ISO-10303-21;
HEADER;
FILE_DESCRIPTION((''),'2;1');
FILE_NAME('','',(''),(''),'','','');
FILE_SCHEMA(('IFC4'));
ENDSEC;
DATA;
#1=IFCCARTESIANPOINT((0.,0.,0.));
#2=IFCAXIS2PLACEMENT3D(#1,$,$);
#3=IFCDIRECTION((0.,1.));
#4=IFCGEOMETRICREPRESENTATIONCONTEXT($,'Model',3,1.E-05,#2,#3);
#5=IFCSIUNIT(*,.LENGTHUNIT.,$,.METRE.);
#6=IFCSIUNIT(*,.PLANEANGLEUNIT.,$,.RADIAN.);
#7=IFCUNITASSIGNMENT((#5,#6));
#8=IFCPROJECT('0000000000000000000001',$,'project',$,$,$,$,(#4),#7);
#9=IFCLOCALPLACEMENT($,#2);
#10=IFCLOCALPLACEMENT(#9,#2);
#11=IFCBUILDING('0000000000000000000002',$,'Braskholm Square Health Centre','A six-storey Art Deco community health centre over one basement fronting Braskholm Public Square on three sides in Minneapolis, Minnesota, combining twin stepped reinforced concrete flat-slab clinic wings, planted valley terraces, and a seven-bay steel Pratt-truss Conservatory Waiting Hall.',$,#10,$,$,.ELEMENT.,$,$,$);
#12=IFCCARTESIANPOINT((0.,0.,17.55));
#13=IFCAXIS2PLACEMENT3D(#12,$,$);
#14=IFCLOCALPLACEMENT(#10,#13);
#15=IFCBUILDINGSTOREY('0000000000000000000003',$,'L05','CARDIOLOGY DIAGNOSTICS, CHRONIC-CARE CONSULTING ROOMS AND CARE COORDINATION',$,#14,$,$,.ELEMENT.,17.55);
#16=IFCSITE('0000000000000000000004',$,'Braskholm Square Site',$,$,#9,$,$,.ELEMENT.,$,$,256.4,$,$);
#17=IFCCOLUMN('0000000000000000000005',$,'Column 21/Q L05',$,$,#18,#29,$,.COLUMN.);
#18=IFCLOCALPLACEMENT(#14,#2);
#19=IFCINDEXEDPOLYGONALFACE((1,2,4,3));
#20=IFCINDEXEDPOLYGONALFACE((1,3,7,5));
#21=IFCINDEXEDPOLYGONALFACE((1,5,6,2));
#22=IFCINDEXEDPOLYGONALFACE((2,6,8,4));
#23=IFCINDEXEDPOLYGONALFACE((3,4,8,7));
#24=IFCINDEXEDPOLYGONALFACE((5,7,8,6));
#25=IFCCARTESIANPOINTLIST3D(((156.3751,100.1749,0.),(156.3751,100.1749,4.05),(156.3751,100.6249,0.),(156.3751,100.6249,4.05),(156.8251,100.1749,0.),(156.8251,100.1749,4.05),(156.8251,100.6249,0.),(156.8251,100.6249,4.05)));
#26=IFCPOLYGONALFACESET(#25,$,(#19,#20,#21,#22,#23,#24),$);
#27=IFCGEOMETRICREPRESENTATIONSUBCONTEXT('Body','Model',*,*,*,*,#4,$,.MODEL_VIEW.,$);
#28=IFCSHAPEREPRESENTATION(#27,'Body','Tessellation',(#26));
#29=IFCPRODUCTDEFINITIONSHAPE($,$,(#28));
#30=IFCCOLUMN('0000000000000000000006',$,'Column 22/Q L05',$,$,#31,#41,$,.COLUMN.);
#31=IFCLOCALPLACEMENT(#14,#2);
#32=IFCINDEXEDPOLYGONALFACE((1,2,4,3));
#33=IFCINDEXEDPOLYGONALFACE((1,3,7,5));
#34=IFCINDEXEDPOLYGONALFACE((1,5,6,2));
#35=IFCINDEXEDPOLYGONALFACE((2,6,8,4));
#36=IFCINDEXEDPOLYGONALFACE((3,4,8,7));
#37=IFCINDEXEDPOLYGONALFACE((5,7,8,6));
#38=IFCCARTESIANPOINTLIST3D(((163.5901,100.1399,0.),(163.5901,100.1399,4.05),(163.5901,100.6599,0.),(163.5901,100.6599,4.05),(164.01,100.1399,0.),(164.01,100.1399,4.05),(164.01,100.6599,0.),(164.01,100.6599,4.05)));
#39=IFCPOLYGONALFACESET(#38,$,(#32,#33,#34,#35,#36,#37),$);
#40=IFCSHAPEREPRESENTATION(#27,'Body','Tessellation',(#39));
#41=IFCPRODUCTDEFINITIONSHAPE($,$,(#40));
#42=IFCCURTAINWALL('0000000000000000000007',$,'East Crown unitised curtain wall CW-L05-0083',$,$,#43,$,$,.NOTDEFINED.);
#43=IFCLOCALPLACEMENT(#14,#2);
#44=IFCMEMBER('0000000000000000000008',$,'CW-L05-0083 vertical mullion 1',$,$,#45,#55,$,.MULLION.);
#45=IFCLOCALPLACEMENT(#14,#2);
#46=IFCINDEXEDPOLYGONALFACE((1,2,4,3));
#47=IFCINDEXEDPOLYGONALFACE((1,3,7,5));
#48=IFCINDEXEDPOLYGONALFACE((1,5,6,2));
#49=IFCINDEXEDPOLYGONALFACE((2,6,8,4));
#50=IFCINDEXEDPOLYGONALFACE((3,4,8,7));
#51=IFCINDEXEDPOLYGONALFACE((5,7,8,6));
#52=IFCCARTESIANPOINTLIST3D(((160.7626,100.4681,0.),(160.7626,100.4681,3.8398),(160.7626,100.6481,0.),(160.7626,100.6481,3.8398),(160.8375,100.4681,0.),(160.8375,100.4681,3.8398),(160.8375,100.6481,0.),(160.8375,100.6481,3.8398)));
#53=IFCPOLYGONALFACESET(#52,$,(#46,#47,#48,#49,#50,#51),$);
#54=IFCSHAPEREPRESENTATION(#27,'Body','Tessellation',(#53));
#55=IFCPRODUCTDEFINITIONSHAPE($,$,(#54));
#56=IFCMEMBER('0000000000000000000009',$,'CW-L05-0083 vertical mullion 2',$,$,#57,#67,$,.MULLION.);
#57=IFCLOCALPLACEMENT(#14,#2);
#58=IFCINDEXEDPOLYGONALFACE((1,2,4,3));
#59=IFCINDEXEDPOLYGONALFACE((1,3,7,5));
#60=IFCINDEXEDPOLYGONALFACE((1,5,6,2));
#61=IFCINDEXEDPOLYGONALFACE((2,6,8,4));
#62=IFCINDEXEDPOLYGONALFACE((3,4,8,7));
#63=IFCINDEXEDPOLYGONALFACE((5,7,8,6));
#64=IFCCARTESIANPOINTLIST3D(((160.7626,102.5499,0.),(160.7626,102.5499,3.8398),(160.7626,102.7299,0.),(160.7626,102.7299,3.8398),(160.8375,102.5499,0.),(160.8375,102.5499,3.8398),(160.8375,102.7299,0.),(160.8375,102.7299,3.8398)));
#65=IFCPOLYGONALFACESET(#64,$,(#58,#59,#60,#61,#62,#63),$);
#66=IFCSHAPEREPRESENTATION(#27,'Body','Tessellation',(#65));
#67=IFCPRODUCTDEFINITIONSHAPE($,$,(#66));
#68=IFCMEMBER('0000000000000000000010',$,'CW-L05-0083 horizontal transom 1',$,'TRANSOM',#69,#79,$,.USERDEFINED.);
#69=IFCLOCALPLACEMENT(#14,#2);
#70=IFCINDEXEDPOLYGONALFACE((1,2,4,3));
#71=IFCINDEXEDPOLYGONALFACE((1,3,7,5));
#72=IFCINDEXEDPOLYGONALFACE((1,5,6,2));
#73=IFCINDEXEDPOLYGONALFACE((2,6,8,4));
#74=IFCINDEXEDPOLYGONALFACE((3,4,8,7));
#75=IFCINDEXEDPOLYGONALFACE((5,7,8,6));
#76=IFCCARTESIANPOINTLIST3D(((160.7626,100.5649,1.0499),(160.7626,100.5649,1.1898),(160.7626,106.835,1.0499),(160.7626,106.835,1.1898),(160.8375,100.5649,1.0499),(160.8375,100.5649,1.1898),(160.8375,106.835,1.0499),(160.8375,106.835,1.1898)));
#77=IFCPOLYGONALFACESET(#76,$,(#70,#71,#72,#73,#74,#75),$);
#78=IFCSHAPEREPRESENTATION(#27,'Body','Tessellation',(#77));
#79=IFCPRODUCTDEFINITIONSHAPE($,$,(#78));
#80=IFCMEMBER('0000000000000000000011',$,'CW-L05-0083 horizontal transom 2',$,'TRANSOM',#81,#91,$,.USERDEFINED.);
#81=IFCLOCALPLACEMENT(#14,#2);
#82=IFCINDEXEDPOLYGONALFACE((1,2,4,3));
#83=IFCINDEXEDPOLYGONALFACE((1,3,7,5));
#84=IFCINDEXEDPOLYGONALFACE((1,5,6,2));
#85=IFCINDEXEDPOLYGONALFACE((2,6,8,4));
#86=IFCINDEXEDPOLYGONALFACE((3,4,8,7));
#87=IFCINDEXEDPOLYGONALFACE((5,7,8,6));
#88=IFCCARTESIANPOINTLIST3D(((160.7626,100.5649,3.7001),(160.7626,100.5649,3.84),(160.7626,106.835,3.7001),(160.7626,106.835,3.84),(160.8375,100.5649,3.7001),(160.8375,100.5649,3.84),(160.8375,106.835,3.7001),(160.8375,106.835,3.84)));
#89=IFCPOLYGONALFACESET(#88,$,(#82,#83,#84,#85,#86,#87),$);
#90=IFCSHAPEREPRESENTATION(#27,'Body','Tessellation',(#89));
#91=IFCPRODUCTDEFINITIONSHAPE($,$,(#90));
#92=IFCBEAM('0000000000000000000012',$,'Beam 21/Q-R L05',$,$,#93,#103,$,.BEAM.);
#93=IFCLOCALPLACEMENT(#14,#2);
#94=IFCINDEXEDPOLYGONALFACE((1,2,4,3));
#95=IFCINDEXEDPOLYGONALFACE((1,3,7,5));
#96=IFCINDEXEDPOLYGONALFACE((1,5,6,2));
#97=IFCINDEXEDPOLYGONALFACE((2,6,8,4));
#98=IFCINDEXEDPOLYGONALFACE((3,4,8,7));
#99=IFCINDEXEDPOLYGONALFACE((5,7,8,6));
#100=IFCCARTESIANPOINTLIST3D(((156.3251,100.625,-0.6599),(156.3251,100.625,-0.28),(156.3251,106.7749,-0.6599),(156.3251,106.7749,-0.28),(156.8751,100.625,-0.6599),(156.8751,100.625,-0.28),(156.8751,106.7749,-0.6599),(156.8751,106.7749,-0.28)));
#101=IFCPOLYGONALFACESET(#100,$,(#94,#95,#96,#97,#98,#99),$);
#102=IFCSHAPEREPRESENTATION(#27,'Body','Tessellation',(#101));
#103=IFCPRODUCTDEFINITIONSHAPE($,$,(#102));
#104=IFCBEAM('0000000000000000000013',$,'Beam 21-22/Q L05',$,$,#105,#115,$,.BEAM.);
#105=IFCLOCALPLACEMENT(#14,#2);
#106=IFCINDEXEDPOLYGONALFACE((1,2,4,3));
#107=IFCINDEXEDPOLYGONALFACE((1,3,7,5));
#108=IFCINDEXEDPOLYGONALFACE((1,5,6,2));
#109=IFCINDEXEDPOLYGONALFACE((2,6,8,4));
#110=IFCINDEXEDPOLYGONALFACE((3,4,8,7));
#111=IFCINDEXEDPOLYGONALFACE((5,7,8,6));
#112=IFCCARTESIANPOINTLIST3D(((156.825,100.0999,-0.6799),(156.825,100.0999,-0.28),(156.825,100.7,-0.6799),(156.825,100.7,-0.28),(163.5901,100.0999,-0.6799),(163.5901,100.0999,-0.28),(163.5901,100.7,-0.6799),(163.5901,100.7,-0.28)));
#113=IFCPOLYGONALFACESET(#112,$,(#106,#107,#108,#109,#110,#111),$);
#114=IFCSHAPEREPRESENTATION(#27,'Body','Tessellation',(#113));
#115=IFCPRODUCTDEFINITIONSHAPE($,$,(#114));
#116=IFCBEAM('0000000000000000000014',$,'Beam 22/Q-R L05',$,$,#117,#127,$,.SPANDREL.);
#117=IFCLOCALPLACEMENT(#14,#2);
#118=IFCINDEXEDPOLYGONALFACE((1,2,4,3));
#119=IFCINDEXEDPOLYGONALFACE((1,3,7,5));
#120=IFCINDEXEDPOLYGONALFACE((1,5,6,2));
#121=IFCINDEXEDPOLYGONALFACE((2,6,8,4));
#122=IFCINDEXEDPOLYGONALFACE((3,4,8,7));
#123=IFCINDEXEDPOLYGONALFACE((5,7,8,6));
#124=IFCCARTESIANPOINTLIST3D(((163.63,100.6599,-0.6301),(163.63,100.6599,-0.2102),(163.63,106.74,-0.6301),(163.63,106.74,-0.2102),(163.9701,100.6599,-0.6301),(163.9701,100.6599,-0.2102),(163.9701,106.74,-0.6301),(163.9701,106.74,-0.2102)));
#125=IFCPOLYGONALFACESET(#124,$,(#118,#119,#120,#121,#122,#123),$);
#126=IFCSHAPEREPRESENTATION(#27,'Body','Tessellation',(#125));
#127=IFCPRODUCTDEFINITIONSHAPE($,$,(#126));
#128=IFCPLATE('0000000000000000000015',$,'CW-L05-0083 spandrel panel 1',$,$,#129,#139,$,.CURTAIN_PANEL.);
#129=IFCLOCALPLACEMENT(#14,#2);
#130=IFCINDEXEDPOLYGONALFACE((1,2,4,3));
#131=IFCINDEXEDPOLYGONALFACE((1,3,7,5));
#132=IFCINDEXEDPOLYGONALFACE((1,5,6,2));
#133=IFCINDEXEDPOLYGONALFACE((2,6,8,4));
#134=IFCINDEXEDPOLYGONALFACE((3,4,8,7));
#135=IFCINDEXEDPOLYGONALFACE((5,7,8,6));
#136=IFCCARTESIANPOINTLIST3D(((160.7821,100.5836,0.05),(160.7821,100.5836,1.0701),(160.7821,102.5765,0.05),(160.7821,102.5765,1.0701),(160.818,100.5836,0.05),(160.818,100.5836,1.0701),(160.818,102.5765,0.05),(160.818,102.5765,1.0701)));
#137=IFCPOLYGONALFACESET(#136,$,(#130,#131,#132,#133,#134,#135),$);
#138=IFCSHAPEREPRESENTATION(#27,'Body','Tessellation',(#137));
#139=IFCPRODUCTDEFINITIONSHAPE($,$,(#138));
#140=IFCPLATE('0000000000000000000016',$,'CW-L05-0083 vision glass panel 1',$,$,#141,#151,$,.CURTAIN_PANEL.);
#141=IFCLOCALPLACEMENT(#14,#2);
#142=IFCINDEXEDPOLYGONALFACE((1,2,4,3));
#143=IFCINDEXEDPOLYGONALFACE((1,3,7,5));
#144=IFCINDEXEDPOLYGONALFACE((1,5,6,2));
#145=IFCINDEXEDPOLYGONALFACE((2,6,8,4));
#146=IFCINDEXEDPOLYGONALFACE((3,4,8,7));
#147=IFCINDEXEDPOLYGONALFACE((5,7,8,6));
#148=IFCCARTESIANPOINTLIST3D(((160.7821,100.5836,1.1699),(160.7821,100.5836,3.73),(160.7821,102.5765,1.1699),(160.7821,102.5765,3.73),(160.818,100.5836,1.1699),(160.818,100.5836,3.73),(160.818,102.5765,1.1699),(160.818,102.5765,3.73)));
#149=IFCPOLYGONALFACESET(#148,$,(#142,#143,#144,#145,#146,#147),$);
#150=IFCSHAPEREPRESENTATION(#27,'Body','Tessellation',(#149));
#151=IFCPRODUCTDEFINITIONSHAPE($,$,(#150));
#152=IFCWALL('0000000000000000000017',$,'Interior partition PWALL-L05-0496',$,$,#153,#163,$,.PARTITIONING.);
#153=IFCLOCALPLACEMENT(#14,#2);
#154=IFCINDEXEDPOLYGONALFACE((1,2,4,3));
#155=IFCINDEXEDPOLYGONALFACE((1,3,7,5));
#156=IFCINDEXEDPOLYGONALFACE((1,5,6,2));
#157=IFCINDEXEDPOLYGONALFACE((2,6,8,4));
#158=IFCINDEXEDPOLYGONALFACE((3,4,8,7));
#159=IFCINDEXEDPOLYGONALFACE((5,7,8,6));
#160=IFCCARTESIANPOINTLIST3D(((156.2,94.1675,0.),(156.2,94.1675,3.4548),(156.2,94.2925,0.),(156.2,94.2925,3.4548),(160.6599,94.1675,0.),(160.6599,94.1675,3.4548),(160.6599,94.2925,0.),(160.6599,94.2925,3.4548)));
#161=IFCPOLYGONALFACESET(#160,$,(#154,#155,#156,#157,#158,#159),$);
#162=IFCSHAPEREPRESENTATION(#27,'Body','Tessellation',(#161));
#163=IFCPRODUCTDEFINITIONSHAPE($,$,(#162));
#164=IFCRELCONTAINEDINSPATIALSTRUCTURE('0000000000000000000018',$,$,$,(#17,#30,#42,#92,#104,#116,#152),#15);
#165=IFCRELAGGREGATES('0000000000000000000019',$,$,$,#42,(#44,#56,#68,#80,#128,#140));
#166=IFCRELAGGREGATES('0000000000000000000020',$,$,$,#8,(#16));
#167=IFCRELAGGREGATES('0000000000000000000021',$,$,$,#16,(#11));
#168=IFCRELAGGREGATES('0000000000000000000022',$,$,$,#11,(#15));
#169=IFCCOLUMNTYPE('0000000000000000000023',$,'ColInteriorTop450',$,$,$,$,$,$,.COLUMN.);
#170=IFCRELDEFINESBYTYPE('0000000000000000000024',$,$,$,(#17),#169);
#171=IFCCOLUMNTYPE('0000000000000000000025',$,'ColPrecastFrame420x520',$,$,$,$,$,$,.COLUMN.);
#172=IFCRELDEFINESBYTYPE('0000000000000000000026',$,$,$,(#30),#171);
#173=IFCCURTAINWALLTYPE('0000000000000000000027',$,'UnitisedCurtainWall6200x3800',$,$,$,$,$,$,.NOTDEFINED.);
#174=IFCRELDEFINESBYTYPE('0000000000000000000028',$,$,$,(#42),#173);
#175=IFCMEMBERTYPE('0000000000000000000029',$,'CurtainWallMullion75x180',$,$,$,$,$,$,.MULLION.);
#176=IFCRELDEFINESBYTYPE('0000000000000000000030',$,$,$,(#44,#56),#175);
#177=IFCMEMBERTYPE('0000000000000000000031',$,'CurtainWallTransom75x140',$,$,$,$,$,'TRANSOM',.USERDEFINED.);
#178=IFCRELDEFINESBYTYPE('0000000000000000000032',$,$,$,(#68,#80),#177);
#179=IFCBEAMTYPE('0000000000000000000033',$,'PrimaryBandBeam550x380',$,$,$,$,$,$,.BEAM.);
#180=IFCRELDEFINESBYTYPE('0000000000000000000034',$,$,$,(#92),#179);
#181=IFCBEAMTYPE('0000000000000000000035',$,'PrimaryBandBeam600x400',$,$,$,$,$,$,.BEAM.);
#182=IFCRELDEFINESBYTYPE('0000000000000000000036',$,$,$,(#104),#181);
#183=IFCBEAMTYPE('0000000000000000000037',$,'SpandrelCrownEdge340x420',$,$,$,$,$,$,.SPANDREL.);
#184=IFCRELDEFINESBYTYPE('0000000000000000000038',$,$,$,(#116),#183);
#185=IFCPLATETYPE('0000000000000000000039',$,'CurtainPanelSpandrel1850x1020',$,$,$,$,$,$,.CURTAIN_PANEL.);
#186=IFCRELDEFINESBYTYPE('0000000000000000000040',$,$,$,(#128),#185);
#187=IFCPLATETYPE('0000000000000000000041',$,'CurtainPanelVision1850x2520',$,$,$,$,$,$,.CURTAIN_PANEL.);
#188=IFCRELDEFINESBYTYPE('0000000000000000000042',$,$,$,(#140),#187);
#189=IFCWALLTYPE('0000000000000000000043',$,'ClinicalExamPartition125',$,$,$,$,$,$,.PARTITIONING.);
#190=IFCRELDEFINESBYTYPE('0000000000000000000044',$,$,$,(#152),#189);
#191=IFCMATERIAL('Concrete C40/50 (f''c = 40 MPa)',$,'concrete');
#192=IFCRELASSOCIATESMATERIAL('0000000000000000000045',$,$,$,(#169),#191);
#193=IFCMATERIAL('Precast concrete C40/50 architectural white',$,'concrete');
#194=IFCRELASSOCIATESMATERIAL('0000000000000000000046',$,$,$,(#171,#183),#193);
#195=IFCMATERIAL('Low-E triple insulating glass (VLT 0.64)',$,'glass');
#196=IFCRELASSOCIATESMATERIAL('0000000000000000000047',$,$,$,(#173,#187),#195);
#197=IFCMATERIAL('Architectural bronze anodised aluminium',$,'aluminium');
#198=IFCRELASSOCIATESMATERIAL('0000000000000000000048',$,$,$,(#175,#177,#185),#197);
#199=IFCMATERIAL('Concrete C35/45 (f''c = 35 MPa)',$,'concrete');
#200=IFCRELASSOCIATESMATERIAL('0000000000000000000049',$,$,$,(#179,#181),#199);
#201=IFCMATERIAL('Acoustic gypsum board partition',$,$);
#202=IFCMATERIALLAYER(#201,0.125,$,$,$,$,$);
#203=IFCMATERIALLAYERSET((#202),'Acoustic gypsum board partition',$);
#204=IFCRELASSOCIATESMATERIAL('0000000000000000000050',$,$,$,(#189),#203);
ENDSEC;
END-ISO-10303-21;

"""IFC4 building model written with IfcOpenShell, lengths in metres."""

from ifc_helpers import new_model, si_unit, direction, frame, frame_2d, origin, origin_2d, place, context, subcontext, project, spatial, rectangle, extrude, material, layer, layer_set, material_profile, profile_set, type_object, element, aggregate, save


model = new_model("IFC4")

# Units and contexts
model_context = context("Model", 3, precision=1e-05, world=origin(), true_north=direction((0.0, 1.0)))
body_context = subcontext(model_context, "Body", "Model", "MODEL_VIEW")
ifc_project = project(units=[si_unit("LENGTHUNIT", "METRE"), si_unit("PLANEANGLEUNIT", "RADIAN")], contexts=[model_context])

# Site, building, storey
site_placement = place(None, origin())
site = spatial("IfcSite", under=ifc_project, at=site_placement, Name="Braskholm Square Site", CompositionType="ELEMENT", RefElevation=256.4)
building_placement = place(site_placement, origin())
building = spatial("IfcBuilding", under=site, at=building_placement, Name="Braskholm Square Health Centre", Description="A six-storey Art Deco community health centre over one basement fronting Braskholm Public Square on three sides in Minneapolis, Minnesota, combining twin stepped reinforced concrete flat-slab clinic wings, planted valley terraces, and a seven-bay steel Pratt-truss Conservatory Waiting Hall.", CompositionType="ELEMENT")
storey_placement = place(building_placement, frame((0.0, 0.0, 17.55)))
storey = spatial("IfcBuildingStorey", under=building, at=storey_placement, Name="L05", Description="CARDIOLOGY DIAGNOSTICS, CHRONIC-CARE CONSULTING ROOMS AND CARE COORDINATION", CompositionType="ELEMENT", Elevation=17.55)

# Columns
ifc_material_1 = material(Name="Concrete C40/50 (f'c = 40 MPa)", Category="concrete")
ifc_material_profile_1 = material_profile(ifc_material_1, rectangle(XDim=0.45, YDim=0.45, at=origin_2d()), Name="RC-450X450")
ifc_profile_set_1 = profile_set([ifc_material_profile_1], Name="Concrete C40/50 (f'c = 40 MPa)")
column_type_1 = type_object("IfcColumnType", Name="ColInteriorTop450", PredefinedType="COLUMN", material=ifc_profile_set_1)
column_1_placement = place(storey_placement, frame((156.6001, 100.3999, 0.0), z_axis=(0.0, 0.0, 1.0), x_axis=(1.0, 0.0, 0.0)))
element("IfcColumn", 1, at=column_1_placement, inside=storey, type_object=column_type_1, Name="Column 21/Q L05", PredefinedType="COLUMN", context=body_context, shape_type="SweptSolid", body=[
    extrude(rectangle(XDim=0.45, YDim=0.45, at=origin_2d()), origin(), (0.0, 0.0, 1.0), 4.05),
])
ifc_material_2 = material(Name="Precast concrete C40/50 architectural white", Category="concrete")
ifc_material_profile_2 = material_profile(ifc_material_2, rectangle(XDim=0.4199, YDim=0.52, at=origin_2d()), Name="RC-420X520")
ifc_profile_set_2 = profile_set([ifc_material_profile_2], Name="Precast concrete C40/50 architectural white")
column_type_2 = type_object("IfcColumnType", Name="ColPrecastFrame420x520", PredefinedType="COLUMN", material=ifc_profile_set_2)
column_2_placement = place(storey_placement, frame((163.8, 100.3999, 0.0), z_axis=(0.0, 0.0, 1.0), x_axis=(1.0, 0.0, 0.0)))
element("IfcColumn", 2, at=column_2_placement, inside=storey, type_object=column_type_2, Name="Column 22/Q L05", PredefinedType="COLUMN", context=body_context, shape_type="SweptSolid", body=[
    extrude(rectangle(XDim=0.4199, YDim=0.52, at=origin_2d()), origin(), (0.0, 0.0, 1.0), 4.05),
])

# Curtain wall, members
ifc_material_3 = material(Name="Low-E triple insulating glass (VLT 0.64)", Category="glass")
curtain_wall_type = type_object("IfcCurtainWallType", Name="UnitisedCurtainWall6200x3800", PredefinedType="NOTDEFINED", material=ifc_material_3)
curtain_wall_placement = place(storey_placement, origin())
curtain_wall = element("IfcCurtainWall", 3, at=curtain_wall_placement, inside=storey, type_object=curtain_wall_type, Name="East Crown unitised curtain wall CW-L05-0083", PredefinedType="NOTDEFINED")
ifc_material_4 = material(Name="Architectural bronze anodised aluminium", Category="aluminium")
ifc_material_profile_3 = material_profile(ifc_material_4, rectangle(XDim=0.075, YDim=0.1799, at=origin_2d()), Name="ALU-75X180")
ifc_profile_set_3 = profile_set([ifc_material_profile_3], Name="Architectural bronze anodised aluminium")
member_type_1 = type_object("IfcMemberType", Name="CurtainWallMullion75x180", PredefinedType="MULLION", material=ifc_profile_set_3)
member_1_placement = place(storey_placement, frame((160.8, 100.5581, 0.0), z_axis=(0.0, 0.0, 1.0), x_axis=(1.0, 0.0, 0.0)))
member_1 = element("IfcMember", 4, at=member_1_placement, type_object=member_type_1, Name="CW-L05-0083 vertical mullion 1", PredefinedType="MULLION", context=body_context, shape_type="SweptSolid", body=[
    extrude(rectangle(XDim=0.075, YDim=0.1799, at=origin_2d()), origin(), (0.0, 0.0, 1.0), 3.8398),
])
member_2_placement = place(storey_placement, frame((160.8, 102.6399, 0.0), z_axis=(0.0, 0.0, 1.0), x_axis=(1.0, 0.0, 0.0)))
member_2 = element("IfcMember", 5, at=member_2_placement, type_object=member_type_1, Name="CW-L05-0083 vertical mullion 2", PredefinedType="MULLION", context=body_context, shape_type="SweptSolid", body=[
    extrude(rectangle(XDim=0.075, YDim=0.1799, at=origin_2d()), origin(), (0.0, 0.0, 1.0), 3.8398),
])
ifc_material_profile_4 = material_profile(ifc_material_4, rectangle(XDim=0.075, YDim=0.1399, at=origin_2d()), Name="ALU-75X140")
ifc_profile_set_4 = profile_set([ifc_material_profile_4], Name="Architectural bronze anodised aluminium")
member_type_2 = type_object("IfcMemberType", Name="CurtainWallTransom75x140", ElementType="TRANSOM", PredefinedType="USERDEFINED", material=ifc_profile_set_4)
member_3_placement = place(storey_placement, frame((160.8, 100.5649, 1.1199), z_axis=(0.0, 1.0, 0.0), x_axis=(-1.0, 0.0, 0.0)))
member_3 = element("IfcMember", 6, at=member_3_placement, type_object=member_type_2, Name="CW-L05-0083 horizontal transom 1", ObjectType="TRANSOM", PredefinedType="USERDEFINED", context=body_context, shape_type="SweptSolid", body=[
    extrude(rectangle(XDim=0.075, YDim=0.1399, at=origin_2d()), origin(), (0.0, 0.0, 1.0), 6.27),
])
member_4_placement = place(storey_placement, frame((160.8, 100.5649, 3.77), z_axis=(0.0, 1.0, 0.0), x_axis=(-1.0, 0.0, 0.0)))
member_4 = element("IfcMember", 7, at=member_4_placement, type_object=member_type_2, Name="CW-L05-0083 horizontal transom 2", ObjectType="TRANSOM", PredefinedType="USERDEFINED", context=body_context, shape_type="SweptSolid", body=[
    extrude(rectangle(XDim=0.075, YDim=0.1399, at=origin_2d()), origin(), (0.0, 0.0, 1.0), 6.27),
])

# Beams
ifc_material_5 = material(Name="Concrete C35/45 (f'c = 35 MPa)", Category="concrete")
ifc_material_profile_5 = material_profile(ifc_material_5, rectangle(XDim=0.55, YDim=0.3799, at=origin_2d()), Name="RCB-550X380")
ifc_profile_set_5 = profile_set([ifc_material_profile_5], Name="Concrete C35/45 (f'c = 35 MPa)")
beam_type_1 = type_object("IfcBeamType", Name="PrimaryBandBeam550x380", PredefinedType="BEAM", material=ifc_profile_set_5)
beam_1_placement = place(storey_placement, frame((156.6001, 100.625, -0.47), z_axis=(0.0, 1.0, 0.0), x_axis=(-1.0, 0.0, 0.0)))
element("IfcBeam", 8, at=beam_1_placement, inside=storey, type_object=beam_type_1, Name="Beam 21/Q-R L05", PredefinedType="BEAM", context=body_context, shape_type="SweptSolid", body=[
    extrude(rectangle(XDim=0.55, YDim=0.3799, at=origin_2d()), origin(), (0.0, 0.0, 1.0), 6.1499),
])
ifc_material_profile_6 = material_profile(ifc_material_5, rectangle(XDim=0.6001, YDim=0.3999, at=origin_2d()), Name="RCB-600X400")
ifc_profile_set_6 = profile_set([ifc_material_profile_6], Name="Concrete C35/45 (f'c = 35 MPa)")
beam_type_2 = type_object("IfcBeamType", Name="PrimaryBandBeam600x400", PredefinedType="BEAM", material=ifc_profile_set_6)
beam_2_placement = place(storey_placement, frame((156.825, 100.3999, -0.48), z_axis=(1.0, 0.0, 0.0), x_axis=(0.0, 1.0, 0.0)))
element("IfcBeam", 9, at=beam_2_placement, inside=storey, type_object=beam_type_2, Name="Beam 21-22/Q L05", PredefinedType="BEAM", context=body_context, shape_type="SweptSolid", body=[
    extrude(rectangle(XDim=0.6001, YDim=0.3999, at=origin_2d()), origin(), (0.0, 0.0, 1.0), 6.7651),
])
ifc_material_profile_7 = material_profile(ifc_material_2, rectangle(XDim=0.3401, YDim=0.4199, at=origin_2d()), Name="RCB-340X420")
ifc_profile_set_7 = profile_set([ifc_material_profile_7], Name="Precast concrete C40/50 architectural white")
beam_type_3 = type_object("IfcBeamType", Name="SpandrelCrownEdge340x420", PredefinedType="SPANDREL", material=ifc_profile_set_7)
beam_3_placement = place(storey_placement, frame((163.8, 100.6599, -0.4202), z_axis=(0.0, 1.0, 0.0), x_axis=(-1.0, 0.0, 0.0)))
element("IfcBeam", 10, at=beam_3_placement, inside=storey, type_object=beam_type_3, Name="Beam 22/Q-R L05", PredefinedType="SPANDREL", context=body_context, shape_type="SweptSolid", body=[
    extrude(rectangle(XDim=0.3401, YDim=0.4199, at=origin_2d()), origin(), (0.0, 0.0, 1.0), 6.0801),
])

# Plates
plate_type_1 = type_object("IfcPlateType", Name="CurtainPanelSpandrel1850x1020", PredefinedType="CURTAIN_PANEL", material=ifc_material_4)
plate_1_placement = place(storey_placement, frame((160.8, 101.5801, 0.05), z_axis=(0.0, 0.0, 1.0), x_axis=(0.0, 1.0, 0.0)))
plate_1 = element("IfcPlate", 11, at=plate_1_placement, type_object=plate_type_1, Name="CW-L05-0083 spandrel panel 1", PredefinedType="CURTAIN_PANEL", context=body_context, shape_type="SweptSolid", body=[
    extrude(rectangle(XDim=1.9929, YDim=0.0359, at=origin_2d()), origin(), (0.0, 0.0, 1.0), 1.02),
])
plate_type_2 = type_object("IfcPlateType", Name="CurtainPanelVision1850x2520", PredefinedType="CURTAIN_PANEL", material=ifc_material_3)
plate_2_placement = place(storey_placement, frame((160.8, 101.5801, 1.1699), z_axis=(0.0, 0.0, 1.0), x_axis=(0.0, 1.0, 0.0)))
plate_2 = element("IfcPlate", 12, at=plate_2_placement, type_object=plate_type_2, Name="CW-L05-0083 vision glass panel 1", PredefinedType="CURTAIN_PANEL", context=body_context, shape_type="SweptSolid", body=[
    extrude(rectangle(XDim=1.9929, YDim=0.0359, at=origin_2d()), origin(), (0.0, 0.0, 1.0), 2.5601),
])
aggregate(curtain_wall, [member_1, member_2, member_3, member_4, plate_1, plate_2])

# Wall
ifc_material_6 = material(Name="Acoustic gypsum board partition")
ifc_layer_1 = layer(ifc_material_6, 0.125)
ifc_layer_set_1 = layer_set([ifc_layer_1], Name="Acoustic gypsum board partition")
wall_type_1 = type_object("IfcWallType", Name="ClinicalExamPartition125", PredefinedType="PARTITIONING", material=ifc_layer_set_1)
wall_1_placement = place(storey_placement, frame((156.2, 94.23, 0.0), z_axis=(0.0, 0.0, 1.0), x_axis=(1.0, 0.0, 0.0)))
element("IfcWall", 13, at=wall_1_placement, inside=storey, type_object=wall_type_1, Name="Interior partition PWALL-L05-0496", PredefinedType="PARTITIONING", context=body_context, shape_type="SweptSolid", body=[
    extrude(rectangle(XDim=4.46, YDim=0.125, at=frame_2d((2.23, 0.0))), origin(), (0.0, 0.0, 1.0), 3.4548),
])

save(model, "model.ifc")
